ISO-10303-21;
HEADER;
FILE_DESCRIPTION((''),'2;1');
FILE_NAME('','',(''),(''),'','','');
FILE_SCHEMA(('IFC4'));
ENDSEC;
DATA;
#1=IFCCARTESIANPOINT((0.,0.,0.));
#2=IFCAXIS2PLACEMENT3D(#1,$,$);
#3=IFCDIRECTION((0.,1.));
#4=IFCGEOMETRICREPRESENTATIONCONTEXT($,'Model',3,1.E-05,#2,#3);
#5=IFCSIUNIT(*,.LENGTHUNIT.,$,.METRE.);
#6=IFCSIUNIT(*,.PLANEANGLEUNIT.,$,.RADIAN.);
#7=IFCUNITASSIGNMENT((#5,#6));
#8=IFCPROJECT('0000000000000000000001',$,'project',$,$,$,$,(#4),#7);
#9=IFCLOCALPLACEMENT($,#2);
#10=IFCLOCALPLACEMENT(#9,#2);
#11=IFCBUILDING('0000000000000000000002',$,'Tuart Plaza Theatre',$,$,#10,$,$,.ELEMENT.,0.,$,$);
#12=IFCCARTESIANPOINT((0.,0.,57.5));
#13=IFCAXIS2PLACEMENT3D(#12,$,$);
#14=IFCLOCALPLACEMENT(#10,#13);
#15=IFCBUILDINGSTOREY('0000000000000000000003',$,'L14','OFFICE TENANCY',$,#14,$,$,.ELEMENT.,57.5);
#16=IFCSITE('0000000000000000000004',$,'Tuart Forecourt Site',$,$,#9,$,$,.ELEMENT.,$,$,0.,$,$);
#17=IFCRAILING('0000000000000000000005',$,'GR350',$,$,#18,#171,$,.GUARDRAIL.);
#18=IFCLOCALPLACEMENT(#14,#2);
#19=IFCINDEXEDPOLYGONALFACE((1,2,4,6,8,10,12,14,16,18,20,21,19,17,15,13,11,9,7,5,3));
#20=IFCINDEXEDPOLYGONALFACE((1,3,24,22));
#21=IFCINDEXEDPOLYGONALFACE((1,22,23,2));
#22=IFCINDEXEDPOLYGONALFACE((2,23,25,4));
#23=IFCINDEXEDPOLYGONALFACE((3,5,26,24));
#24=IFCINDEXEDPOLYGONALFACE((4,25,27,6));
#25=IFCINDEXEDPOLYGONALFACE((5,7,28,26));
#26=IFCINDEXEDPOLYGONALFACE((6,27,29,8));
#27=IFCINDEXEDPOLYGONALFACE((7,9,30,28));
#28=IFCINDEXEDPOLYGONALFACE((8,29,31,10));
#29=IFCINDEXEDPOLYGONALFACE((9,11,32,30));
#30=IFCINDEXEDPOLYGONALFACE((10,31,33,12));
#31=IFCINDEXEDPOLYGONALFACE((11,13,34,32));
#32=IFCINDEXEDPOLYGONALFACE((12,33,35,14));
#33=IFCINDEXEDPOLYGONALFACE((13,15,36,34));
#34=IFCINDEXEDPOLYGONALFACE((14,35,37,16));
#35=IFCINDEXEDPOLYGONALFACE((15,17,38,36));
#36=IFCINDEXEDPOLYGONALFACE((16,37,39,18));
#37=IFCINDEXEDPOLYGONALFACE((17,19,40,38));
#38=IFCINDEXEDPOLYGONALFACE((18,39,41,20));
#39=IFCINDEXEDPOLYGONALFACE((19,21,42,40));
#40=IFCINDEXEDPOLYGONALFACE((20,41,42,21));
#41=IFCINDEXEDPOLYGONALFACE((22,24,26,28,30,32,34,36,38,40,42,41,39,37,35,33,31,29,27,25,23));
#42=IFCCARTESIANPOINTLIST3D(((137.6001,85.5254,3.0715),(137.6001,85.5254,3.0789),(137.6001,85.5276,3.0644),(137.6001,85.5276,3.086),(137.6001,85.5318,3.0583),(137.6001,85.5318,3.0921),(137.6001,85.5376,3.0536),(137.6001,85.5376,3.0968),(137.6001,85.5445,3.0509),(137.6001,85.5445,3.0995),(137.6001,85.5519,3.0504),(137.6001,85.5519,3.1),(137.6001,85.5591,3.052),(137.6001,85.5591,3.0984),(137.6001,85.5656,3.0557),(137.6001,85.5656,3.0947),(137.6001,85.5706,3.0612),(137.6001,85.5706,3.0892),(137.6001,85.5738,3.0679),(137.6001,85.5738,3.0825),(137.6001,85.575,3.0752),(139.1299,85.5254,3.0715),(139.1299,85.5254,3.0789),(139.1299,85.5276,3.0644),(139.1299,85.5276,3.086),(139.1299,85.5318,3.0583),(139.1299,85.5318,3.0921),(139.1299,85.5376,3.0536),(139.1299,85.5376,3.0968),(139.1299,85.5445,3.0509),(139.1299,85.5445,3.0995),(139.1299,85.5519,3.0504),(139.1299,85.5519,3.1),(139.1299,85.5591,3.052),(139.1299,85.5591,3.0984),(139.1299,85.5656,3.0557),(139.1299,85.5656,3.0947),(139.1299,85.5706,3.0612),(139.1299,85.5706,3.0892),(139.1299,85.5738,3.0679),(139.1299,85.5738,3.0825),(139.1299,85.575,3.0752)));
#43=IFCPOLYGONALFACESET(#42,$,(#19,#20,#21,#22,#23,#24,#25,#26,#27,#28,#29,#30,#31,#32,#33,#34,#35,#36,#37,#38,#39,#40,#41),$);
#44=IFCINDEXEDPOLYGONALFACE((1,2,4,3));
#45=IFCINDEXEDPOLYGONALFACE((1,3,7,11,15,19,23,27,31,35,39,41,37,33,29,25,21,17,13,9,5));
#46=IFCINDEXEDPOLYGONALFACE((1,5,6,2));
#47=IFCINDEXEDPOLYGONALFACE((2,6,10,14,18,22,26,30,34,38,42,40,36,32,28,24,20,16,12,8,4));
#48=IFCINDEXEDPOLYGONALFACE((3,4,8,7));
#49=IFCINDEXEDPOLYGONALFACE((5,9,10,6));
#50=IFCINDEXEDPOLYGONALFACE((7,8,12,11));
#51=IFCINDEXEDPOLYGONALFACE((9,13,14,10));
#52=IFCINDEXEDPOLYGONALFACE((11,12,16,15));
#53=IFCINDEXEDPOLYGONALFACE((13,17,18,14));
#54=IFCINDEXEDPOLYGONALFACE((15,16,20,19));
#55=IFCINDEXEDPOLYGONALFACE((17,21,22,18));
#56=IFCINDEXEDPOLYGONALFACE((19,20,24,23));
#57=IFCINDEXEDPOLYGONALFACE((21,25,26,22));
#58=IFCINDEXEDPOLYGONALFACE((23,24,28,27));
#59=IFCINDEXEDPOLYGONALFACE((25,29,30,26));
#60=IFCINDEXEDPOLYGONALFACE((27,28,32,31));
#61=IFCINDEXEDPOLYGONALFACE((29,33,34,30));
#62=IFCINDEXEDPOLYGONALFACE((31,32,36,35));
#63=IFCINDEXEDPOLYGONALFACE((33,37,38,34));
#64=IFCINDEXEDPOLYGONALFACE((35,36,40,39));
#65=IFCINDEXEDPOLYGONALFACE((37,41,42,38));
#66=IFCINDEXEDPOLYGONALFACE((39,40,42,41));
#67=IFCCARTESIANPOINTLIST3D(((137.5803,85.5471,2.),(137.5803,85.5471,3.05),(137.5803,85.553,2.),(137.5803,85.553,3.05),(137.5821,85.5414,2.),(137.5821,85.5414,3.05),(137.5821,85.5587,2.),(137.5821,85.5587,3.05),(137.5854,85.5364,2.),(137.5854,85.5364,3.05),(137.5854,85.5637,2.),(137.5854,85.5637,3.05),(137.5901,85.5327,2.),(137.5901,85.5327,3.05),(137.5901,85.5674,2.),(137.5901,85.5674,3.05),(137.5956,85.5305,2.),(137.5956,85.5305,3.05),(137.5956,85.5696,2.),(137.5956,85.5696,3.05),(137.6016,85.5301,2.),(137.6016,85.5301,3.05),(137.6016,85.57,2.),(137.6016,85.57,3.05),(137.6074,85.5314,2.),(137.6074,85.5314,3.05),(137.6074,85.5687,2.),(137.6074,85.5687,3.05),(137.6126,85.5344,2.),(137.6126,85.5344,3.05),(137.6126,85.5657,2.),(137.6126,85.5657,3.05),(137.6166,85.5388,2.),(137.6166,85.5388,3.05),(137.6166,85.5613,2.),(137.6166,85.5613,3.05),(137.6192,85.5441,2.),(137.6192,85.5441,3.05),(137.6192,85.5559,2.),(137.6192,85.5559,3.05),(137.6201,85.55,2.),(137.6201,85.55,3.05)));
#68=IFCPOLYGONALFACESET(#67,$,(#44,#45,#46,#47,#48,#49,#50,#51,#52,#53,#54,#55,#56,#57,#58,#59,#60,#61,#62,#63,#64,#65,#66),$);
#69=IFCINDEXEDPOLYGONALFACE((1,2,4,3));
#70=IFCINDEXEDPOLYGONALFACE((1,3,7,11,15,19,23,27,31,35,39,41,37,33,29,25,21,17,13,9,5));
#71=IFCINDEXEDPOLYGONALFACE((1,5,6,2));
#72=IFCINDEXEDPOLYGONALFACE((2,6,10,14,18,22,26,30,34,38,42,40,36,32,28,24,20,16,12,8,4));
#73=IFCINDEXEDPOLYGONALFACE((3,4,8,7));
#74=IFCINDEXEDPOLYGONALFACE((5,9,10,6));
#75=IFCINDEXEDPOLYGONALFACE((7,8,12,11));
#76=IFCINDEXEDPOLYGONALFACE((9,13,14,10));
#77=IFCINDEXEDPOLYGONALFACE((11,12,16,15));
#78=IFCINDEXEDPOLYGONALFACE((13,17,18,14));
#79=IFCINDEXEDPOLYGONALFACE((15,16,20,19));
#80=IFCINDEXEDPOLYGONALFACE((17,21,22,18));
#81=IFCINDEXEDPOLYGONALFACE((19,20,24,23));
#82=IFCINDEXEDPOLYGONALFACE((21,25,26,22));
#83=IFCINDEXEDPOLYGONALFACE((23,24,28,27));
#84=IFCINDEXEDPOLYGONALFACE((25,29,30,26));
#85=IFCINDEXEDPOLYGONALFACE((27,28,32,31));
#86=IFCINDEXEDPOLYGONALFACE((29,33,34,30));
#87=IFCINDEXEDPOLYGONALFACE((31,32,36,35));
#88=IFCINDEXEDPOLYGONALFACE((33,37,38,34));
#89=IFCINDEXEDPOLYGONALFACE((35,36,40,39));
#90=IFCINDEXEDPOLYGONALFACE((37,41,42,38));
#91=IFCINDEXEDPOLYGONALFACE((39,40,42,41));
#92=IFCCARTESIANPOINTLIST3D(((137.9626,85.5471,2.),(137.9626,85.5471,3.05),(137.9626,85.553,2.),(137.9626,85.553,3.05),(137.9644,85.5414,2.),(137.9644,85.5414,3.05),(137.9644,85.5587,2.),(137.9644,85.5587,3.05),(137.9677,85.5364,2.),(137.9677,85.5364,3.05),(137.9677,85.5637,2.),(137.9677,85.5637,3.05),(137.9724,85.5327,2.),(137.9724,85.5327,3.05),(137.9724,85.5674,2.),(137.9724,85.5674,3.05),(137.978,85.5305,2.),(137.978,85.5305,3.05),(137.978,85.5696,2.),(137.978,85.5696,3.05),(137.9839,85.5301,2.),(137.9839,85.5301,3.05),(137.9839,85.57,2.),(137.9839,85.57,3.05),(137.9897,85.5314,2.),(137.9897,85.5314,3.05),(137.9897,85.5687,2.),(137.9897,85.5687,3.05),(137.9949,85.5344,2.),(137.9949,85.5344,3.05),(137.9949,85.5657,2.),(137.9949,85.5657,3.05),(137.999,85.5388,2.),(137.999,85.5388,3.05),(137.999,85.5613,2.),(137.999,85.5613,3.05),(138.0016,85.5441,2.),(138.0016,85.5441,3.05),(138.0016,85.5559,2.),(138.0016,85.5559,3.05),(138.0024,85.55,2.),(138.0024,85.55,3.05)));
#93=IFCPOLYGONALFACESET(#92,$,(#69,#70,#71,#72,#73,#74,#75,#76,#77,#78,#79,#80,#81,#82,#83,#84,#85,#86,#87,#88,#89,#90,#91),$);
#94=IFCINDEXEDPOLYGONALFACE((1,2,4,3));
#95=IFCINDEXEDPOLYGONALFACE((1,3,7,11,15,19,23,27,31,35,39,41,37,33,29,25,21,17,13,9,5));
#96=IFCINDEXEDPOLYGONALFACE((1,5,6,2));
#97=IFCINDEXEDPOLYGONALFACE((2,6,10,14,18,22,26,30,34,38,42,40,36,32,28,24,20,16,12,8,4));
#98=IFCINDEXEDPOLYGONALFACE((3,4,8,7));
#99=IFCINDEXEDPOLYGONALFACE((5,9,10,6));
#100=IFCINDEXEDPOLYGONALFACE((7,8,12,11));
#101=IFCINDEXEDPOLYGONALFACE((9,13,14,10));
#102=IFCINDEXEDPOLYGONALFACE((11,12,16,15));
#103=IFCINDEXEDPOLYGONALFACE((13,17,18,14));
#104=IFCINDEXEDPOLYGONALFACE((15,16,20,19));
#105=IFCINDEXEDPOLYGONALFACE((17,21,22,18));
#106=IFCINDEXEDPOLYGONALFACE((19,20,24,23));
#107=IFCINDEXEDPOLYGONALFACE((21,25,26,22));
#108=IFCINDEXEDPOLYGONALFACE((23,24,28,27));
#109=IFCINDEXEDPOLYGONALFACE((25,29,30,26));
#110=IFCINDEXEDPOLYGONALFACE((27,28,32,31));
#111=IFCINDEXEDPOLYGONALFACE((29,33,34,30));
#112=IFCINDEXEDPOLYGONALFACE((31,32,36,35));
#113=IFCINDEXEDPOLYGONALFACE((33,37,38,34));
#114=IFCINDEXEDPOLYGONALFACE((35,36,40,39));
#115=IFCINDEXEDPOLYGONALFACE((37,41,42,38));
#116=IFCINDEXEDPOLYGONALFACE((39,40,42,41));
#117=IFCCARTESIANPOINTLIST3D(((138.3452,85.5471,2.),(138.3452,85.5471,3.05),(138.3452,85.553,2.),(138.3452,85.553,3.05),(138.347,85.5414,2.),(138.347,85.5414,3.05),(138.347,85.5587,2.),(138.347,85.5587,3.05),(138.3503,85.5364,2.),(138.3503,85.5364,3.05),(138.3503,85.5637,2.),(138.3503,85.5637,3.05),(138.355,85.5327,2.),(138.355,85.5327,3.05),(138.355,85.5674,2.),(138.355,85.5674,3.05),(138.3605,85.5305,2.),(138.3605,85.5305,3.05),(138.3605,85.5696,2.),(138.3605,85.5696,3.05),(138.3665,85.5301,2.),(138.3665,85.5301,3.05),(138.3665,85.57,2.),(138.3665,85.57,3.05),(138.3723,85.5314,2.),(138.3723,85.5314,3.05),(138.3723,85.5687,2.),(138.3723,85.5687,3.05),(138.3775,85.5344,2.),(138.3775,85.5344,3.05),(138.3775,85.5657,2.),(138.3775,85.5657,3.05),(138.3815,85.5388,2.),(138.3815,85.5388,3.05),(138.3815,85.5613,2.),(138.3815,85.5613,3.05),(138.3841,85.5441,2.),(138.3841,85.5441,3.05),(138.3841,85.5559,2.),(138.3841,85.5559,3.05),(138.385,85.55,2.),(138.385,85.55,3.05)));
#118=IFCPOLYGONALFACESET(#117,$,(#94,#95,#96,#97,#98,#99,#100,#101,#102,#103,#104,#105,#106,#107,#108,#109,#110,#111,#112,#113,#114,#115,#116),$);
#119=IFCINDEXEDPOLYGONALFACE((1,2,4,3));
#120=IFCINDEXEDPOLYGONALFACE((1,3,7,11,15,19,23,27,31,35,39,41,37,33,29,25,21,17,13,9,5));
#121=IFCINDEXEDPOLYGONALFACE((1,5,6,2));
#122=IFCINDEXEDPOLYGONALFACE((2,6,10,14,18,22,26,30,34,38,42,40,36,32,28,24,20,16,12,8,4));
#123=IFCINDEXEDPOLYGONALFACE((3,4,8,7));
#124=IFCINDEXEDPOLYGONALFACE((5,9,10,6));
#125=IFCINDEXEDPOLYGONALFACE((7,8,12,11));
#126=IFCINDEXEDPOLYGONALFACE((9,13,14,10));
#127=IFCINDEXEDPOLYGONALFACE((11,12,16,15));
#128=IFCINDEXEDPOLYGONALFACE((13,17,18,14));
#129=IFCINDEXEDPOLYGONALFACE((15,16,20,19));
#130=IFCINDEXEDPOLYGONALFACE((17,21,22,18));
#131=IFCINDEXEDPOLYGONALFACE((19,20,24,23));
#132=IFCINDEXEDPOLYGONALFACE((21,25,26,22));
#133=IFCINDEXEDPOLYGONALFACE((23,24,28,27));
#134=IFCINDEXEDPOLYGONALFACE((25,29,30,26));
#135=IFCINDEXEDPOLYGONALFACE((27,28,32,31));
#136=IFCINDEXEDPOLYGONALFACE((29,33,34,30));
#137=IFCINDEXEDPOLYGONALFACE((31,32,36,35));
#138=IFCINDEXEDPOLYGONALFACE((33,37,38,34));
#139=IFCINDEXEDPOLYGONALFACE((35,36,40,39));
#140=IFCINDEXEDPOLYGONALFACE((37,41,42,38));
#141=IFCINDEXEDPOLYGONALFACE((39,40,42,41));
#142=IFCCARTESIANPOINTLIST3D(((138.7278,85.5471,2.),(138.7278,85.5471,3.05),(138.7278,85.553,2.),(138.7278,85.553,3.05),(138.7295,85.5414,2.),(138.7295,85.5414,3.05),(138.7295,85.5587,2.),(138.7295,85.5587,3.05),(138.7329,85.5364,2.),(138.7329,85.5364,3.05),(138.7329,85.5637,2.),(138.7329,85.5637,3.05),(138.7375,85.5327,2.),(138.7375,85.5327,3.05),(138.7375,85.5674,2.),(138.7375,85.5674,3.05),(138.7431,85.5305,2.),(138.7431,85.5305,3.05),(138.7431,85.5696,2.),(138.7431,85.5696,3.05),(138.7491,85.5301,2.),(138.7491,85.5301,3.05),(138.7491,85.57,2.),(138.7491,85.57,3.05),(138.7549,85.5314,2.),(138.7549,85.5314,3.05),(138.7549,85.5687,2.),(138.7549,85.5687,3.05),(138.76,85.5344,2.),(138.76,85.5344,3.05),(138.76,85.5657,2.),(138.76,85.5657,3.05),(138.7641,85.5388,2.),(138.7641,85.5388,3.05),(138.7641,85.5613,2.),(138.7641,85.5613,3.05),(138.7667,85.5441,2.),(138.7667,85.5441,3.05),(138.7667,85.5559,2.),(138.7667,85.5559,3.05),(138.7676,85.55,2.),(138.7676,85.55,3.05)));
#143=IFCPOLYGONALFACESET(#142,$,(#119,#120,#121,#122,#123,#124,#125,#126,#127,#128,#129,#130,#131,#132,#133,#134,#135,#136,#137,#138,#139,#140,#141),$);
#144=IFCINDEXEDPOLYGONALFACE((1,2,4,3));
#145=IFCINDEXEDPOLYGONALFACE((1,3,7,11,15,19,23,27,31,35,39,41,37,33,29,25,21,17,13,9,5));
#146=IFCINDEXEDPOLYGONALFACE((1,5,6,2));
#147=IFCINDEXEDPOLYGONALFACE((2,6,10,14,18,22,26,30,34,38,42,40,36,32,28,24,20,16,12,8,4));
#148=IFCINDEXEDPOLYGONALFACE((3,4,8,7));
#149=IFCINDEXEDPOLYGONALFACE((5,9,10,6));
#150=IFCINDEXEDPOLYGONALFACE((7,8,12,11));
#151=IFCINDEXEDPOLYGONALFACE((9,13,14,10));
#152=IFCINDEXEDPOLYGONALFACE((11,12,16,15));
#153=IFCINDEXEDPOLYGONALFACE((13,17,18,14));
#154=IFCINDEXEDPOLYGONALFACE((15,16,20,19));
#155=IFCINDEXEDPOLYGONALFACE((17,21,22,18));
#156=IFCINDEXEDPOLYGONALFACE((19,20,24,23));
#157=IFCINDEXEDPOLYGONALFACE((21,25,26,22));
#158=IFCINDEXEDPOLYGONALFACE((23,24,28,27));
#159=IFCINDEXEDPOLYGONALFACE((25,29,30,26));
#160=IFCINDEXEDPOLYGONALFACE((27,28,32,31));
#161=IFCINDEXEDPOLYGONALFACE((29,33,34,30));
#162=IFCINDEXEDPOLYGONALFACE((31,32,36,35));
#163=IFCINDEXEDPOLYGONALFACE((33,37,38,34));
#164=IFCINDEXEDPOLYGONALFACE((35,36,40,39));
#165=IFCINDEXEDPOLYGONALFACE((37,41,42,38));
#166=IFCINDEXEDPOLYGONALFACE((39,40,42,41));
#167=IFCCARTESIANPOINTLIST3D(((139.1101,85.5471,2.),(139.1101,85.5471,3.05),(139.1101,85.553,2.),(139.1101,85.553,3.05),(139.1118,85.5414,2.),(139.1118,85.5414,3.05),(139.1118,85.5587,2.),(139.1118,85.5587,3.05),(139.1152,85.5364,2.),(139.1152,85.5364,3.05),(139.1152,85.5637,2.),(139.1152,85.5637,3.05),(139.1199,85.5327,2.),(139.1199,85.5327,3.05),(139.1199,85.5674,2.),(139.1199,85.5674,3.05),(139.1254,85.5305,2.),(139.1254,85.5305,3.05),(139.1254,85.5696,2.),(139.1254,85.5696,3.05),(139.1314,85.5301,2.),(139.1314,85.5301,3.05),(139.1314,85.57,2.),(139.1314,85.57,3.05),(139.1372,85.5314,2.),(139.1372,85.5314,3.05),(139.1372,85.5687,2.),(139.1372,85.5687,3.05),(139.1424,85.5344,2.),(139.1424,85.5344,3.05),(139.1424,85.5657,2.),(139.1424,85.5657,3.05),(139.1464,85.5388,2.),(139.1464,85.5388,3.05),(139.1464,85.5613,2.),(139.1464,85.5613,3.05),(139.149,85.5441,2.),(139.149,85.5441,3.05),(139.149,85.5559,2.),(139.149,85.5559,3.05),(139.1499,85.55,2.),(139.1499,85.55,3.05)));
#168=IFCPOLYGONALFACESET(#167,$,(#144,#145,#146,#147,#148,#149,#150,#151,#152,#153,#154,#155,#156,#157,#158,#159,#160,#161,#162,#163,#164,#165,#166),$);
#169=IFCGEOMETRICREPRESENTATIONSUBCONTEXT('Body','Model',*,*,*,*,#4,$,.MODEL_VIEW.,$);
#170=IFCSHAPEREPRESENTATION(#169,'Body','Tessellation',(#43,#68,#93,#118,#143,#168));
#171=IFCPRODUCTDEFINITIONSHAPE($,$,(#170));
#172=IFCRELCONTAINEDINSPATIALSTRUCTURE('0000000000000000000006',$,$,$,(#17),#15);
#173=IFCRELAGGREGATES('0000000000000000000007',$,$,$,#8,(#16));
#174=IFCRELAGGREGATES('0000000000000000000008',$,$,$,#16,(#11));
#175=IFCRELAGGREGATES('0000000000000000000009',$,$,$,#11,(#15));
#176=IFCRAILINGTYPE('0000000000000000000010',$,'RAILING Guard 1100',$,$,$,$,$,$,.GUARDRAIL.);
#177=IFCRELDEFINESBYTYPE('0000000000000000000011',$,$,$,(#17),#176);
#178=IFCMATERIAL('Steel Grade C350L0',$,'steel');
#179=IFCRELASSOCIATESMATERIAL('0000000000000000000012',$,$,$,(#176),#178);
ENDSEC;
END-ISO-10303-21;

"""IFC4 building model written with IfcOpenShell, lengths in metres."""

from ifc_helpers import new_model, si_unit, direction, frame, origin, origin_2d, place, context, subcontext, project, spatial, circle, extrude, material, type_object, element, save


model = new_model("IFC4")

# Units and contexts
model_context = context("Model", 3, precision=1e-05, world=origin(), true_north=direction((0.0, 1.0)))
body_context = subcontext(model_context, "Body", "Model", "MODEL_VIEW")
ifc_project = project(units=[si_unit("LENGTHUNIT", "METRE"), si_unit("PLANEANGLEUNIT", "RADIAN")], contexts=[model_context])

# Site, building, storey
site_placement = place(None, origin())
site = spatial("IfcSite", under=ifc_project, at=site_placement, Name="Tuart Forecourt Site", CompositionType="ELEMENT", RefElevation=0.0)
building_placement = place(site_placement, origin())
building = spatial("IfcBuilding", under=site, at=building_placement, Name="Tuart Plaza Theatre", CompositionType="ELEMENT", ElevationOfRefHeight=0.0)
storey_placement = place(building_placement, frame((0.0, 0.0, 57.5)))
storey = spatial("IfcBuildingStorey", under=building, at=storey_placement, Name="L14", Description="OFFICE TENANCY", CompositionType="ELEMENT", Elevation=57.5)

# Railing
ifc_material_1 = material(Name="Steel Grade C350L0", Category="steel")
railing_type_1 = type_object("IfcRailingType", Name="RAILING Guard 1100", PredefinedType="GUARDRAIL", material=ifc_material_1)
railing_1_placement = place(storey_placement, frame((137.6001, 85.55, 2.0)))
element("IfcRailing", 1, at=railing_1_placement, inside=storey, type_object=railing_type_1, Name="GR350", PredefinedType="GUARDRAIL", context=body_context, shape_type="SweptSolid", body=[
    extrude(circle(Radius=0.0249, at=origin_2d()), frame((0.0, 0.0, 1.0752), z_axis=(1.0, 0.0, 0.0), x_axis=(0.0, 1.0, 0.0)), (0.0, 0.0, 1.0), 1.5298),
    extrude(circle(Radius=0.02, at=origin_2d()), origin(), (0.0, 0.0, 1.0), 1.05),
    extrude(circle(Radius=0.02, at=origin_2d()), frame((0.3823, 0.0, 0.0)), (0.0, 0.0, 1.0), 1.05),
    extrude(circle(Radius=0.02, at=origin_2d()), frame((0.7649, 0.0, 0.0)), (0.0, 0.0, 1.0), 1.05),
    extrude(circle(Radius=0.02, at=origin_2d()), frame((1.1475, 0.0, 0.0)), (0.0, 0.0, 1.0), 1.05),
    extrude(circle(Radius=0.02, at=origin_2d()), frame((1.5298, 0.0, 0.0)), (0.0, 0.0, 1.0), 1.05),
])

save(model, "model.ifc")
